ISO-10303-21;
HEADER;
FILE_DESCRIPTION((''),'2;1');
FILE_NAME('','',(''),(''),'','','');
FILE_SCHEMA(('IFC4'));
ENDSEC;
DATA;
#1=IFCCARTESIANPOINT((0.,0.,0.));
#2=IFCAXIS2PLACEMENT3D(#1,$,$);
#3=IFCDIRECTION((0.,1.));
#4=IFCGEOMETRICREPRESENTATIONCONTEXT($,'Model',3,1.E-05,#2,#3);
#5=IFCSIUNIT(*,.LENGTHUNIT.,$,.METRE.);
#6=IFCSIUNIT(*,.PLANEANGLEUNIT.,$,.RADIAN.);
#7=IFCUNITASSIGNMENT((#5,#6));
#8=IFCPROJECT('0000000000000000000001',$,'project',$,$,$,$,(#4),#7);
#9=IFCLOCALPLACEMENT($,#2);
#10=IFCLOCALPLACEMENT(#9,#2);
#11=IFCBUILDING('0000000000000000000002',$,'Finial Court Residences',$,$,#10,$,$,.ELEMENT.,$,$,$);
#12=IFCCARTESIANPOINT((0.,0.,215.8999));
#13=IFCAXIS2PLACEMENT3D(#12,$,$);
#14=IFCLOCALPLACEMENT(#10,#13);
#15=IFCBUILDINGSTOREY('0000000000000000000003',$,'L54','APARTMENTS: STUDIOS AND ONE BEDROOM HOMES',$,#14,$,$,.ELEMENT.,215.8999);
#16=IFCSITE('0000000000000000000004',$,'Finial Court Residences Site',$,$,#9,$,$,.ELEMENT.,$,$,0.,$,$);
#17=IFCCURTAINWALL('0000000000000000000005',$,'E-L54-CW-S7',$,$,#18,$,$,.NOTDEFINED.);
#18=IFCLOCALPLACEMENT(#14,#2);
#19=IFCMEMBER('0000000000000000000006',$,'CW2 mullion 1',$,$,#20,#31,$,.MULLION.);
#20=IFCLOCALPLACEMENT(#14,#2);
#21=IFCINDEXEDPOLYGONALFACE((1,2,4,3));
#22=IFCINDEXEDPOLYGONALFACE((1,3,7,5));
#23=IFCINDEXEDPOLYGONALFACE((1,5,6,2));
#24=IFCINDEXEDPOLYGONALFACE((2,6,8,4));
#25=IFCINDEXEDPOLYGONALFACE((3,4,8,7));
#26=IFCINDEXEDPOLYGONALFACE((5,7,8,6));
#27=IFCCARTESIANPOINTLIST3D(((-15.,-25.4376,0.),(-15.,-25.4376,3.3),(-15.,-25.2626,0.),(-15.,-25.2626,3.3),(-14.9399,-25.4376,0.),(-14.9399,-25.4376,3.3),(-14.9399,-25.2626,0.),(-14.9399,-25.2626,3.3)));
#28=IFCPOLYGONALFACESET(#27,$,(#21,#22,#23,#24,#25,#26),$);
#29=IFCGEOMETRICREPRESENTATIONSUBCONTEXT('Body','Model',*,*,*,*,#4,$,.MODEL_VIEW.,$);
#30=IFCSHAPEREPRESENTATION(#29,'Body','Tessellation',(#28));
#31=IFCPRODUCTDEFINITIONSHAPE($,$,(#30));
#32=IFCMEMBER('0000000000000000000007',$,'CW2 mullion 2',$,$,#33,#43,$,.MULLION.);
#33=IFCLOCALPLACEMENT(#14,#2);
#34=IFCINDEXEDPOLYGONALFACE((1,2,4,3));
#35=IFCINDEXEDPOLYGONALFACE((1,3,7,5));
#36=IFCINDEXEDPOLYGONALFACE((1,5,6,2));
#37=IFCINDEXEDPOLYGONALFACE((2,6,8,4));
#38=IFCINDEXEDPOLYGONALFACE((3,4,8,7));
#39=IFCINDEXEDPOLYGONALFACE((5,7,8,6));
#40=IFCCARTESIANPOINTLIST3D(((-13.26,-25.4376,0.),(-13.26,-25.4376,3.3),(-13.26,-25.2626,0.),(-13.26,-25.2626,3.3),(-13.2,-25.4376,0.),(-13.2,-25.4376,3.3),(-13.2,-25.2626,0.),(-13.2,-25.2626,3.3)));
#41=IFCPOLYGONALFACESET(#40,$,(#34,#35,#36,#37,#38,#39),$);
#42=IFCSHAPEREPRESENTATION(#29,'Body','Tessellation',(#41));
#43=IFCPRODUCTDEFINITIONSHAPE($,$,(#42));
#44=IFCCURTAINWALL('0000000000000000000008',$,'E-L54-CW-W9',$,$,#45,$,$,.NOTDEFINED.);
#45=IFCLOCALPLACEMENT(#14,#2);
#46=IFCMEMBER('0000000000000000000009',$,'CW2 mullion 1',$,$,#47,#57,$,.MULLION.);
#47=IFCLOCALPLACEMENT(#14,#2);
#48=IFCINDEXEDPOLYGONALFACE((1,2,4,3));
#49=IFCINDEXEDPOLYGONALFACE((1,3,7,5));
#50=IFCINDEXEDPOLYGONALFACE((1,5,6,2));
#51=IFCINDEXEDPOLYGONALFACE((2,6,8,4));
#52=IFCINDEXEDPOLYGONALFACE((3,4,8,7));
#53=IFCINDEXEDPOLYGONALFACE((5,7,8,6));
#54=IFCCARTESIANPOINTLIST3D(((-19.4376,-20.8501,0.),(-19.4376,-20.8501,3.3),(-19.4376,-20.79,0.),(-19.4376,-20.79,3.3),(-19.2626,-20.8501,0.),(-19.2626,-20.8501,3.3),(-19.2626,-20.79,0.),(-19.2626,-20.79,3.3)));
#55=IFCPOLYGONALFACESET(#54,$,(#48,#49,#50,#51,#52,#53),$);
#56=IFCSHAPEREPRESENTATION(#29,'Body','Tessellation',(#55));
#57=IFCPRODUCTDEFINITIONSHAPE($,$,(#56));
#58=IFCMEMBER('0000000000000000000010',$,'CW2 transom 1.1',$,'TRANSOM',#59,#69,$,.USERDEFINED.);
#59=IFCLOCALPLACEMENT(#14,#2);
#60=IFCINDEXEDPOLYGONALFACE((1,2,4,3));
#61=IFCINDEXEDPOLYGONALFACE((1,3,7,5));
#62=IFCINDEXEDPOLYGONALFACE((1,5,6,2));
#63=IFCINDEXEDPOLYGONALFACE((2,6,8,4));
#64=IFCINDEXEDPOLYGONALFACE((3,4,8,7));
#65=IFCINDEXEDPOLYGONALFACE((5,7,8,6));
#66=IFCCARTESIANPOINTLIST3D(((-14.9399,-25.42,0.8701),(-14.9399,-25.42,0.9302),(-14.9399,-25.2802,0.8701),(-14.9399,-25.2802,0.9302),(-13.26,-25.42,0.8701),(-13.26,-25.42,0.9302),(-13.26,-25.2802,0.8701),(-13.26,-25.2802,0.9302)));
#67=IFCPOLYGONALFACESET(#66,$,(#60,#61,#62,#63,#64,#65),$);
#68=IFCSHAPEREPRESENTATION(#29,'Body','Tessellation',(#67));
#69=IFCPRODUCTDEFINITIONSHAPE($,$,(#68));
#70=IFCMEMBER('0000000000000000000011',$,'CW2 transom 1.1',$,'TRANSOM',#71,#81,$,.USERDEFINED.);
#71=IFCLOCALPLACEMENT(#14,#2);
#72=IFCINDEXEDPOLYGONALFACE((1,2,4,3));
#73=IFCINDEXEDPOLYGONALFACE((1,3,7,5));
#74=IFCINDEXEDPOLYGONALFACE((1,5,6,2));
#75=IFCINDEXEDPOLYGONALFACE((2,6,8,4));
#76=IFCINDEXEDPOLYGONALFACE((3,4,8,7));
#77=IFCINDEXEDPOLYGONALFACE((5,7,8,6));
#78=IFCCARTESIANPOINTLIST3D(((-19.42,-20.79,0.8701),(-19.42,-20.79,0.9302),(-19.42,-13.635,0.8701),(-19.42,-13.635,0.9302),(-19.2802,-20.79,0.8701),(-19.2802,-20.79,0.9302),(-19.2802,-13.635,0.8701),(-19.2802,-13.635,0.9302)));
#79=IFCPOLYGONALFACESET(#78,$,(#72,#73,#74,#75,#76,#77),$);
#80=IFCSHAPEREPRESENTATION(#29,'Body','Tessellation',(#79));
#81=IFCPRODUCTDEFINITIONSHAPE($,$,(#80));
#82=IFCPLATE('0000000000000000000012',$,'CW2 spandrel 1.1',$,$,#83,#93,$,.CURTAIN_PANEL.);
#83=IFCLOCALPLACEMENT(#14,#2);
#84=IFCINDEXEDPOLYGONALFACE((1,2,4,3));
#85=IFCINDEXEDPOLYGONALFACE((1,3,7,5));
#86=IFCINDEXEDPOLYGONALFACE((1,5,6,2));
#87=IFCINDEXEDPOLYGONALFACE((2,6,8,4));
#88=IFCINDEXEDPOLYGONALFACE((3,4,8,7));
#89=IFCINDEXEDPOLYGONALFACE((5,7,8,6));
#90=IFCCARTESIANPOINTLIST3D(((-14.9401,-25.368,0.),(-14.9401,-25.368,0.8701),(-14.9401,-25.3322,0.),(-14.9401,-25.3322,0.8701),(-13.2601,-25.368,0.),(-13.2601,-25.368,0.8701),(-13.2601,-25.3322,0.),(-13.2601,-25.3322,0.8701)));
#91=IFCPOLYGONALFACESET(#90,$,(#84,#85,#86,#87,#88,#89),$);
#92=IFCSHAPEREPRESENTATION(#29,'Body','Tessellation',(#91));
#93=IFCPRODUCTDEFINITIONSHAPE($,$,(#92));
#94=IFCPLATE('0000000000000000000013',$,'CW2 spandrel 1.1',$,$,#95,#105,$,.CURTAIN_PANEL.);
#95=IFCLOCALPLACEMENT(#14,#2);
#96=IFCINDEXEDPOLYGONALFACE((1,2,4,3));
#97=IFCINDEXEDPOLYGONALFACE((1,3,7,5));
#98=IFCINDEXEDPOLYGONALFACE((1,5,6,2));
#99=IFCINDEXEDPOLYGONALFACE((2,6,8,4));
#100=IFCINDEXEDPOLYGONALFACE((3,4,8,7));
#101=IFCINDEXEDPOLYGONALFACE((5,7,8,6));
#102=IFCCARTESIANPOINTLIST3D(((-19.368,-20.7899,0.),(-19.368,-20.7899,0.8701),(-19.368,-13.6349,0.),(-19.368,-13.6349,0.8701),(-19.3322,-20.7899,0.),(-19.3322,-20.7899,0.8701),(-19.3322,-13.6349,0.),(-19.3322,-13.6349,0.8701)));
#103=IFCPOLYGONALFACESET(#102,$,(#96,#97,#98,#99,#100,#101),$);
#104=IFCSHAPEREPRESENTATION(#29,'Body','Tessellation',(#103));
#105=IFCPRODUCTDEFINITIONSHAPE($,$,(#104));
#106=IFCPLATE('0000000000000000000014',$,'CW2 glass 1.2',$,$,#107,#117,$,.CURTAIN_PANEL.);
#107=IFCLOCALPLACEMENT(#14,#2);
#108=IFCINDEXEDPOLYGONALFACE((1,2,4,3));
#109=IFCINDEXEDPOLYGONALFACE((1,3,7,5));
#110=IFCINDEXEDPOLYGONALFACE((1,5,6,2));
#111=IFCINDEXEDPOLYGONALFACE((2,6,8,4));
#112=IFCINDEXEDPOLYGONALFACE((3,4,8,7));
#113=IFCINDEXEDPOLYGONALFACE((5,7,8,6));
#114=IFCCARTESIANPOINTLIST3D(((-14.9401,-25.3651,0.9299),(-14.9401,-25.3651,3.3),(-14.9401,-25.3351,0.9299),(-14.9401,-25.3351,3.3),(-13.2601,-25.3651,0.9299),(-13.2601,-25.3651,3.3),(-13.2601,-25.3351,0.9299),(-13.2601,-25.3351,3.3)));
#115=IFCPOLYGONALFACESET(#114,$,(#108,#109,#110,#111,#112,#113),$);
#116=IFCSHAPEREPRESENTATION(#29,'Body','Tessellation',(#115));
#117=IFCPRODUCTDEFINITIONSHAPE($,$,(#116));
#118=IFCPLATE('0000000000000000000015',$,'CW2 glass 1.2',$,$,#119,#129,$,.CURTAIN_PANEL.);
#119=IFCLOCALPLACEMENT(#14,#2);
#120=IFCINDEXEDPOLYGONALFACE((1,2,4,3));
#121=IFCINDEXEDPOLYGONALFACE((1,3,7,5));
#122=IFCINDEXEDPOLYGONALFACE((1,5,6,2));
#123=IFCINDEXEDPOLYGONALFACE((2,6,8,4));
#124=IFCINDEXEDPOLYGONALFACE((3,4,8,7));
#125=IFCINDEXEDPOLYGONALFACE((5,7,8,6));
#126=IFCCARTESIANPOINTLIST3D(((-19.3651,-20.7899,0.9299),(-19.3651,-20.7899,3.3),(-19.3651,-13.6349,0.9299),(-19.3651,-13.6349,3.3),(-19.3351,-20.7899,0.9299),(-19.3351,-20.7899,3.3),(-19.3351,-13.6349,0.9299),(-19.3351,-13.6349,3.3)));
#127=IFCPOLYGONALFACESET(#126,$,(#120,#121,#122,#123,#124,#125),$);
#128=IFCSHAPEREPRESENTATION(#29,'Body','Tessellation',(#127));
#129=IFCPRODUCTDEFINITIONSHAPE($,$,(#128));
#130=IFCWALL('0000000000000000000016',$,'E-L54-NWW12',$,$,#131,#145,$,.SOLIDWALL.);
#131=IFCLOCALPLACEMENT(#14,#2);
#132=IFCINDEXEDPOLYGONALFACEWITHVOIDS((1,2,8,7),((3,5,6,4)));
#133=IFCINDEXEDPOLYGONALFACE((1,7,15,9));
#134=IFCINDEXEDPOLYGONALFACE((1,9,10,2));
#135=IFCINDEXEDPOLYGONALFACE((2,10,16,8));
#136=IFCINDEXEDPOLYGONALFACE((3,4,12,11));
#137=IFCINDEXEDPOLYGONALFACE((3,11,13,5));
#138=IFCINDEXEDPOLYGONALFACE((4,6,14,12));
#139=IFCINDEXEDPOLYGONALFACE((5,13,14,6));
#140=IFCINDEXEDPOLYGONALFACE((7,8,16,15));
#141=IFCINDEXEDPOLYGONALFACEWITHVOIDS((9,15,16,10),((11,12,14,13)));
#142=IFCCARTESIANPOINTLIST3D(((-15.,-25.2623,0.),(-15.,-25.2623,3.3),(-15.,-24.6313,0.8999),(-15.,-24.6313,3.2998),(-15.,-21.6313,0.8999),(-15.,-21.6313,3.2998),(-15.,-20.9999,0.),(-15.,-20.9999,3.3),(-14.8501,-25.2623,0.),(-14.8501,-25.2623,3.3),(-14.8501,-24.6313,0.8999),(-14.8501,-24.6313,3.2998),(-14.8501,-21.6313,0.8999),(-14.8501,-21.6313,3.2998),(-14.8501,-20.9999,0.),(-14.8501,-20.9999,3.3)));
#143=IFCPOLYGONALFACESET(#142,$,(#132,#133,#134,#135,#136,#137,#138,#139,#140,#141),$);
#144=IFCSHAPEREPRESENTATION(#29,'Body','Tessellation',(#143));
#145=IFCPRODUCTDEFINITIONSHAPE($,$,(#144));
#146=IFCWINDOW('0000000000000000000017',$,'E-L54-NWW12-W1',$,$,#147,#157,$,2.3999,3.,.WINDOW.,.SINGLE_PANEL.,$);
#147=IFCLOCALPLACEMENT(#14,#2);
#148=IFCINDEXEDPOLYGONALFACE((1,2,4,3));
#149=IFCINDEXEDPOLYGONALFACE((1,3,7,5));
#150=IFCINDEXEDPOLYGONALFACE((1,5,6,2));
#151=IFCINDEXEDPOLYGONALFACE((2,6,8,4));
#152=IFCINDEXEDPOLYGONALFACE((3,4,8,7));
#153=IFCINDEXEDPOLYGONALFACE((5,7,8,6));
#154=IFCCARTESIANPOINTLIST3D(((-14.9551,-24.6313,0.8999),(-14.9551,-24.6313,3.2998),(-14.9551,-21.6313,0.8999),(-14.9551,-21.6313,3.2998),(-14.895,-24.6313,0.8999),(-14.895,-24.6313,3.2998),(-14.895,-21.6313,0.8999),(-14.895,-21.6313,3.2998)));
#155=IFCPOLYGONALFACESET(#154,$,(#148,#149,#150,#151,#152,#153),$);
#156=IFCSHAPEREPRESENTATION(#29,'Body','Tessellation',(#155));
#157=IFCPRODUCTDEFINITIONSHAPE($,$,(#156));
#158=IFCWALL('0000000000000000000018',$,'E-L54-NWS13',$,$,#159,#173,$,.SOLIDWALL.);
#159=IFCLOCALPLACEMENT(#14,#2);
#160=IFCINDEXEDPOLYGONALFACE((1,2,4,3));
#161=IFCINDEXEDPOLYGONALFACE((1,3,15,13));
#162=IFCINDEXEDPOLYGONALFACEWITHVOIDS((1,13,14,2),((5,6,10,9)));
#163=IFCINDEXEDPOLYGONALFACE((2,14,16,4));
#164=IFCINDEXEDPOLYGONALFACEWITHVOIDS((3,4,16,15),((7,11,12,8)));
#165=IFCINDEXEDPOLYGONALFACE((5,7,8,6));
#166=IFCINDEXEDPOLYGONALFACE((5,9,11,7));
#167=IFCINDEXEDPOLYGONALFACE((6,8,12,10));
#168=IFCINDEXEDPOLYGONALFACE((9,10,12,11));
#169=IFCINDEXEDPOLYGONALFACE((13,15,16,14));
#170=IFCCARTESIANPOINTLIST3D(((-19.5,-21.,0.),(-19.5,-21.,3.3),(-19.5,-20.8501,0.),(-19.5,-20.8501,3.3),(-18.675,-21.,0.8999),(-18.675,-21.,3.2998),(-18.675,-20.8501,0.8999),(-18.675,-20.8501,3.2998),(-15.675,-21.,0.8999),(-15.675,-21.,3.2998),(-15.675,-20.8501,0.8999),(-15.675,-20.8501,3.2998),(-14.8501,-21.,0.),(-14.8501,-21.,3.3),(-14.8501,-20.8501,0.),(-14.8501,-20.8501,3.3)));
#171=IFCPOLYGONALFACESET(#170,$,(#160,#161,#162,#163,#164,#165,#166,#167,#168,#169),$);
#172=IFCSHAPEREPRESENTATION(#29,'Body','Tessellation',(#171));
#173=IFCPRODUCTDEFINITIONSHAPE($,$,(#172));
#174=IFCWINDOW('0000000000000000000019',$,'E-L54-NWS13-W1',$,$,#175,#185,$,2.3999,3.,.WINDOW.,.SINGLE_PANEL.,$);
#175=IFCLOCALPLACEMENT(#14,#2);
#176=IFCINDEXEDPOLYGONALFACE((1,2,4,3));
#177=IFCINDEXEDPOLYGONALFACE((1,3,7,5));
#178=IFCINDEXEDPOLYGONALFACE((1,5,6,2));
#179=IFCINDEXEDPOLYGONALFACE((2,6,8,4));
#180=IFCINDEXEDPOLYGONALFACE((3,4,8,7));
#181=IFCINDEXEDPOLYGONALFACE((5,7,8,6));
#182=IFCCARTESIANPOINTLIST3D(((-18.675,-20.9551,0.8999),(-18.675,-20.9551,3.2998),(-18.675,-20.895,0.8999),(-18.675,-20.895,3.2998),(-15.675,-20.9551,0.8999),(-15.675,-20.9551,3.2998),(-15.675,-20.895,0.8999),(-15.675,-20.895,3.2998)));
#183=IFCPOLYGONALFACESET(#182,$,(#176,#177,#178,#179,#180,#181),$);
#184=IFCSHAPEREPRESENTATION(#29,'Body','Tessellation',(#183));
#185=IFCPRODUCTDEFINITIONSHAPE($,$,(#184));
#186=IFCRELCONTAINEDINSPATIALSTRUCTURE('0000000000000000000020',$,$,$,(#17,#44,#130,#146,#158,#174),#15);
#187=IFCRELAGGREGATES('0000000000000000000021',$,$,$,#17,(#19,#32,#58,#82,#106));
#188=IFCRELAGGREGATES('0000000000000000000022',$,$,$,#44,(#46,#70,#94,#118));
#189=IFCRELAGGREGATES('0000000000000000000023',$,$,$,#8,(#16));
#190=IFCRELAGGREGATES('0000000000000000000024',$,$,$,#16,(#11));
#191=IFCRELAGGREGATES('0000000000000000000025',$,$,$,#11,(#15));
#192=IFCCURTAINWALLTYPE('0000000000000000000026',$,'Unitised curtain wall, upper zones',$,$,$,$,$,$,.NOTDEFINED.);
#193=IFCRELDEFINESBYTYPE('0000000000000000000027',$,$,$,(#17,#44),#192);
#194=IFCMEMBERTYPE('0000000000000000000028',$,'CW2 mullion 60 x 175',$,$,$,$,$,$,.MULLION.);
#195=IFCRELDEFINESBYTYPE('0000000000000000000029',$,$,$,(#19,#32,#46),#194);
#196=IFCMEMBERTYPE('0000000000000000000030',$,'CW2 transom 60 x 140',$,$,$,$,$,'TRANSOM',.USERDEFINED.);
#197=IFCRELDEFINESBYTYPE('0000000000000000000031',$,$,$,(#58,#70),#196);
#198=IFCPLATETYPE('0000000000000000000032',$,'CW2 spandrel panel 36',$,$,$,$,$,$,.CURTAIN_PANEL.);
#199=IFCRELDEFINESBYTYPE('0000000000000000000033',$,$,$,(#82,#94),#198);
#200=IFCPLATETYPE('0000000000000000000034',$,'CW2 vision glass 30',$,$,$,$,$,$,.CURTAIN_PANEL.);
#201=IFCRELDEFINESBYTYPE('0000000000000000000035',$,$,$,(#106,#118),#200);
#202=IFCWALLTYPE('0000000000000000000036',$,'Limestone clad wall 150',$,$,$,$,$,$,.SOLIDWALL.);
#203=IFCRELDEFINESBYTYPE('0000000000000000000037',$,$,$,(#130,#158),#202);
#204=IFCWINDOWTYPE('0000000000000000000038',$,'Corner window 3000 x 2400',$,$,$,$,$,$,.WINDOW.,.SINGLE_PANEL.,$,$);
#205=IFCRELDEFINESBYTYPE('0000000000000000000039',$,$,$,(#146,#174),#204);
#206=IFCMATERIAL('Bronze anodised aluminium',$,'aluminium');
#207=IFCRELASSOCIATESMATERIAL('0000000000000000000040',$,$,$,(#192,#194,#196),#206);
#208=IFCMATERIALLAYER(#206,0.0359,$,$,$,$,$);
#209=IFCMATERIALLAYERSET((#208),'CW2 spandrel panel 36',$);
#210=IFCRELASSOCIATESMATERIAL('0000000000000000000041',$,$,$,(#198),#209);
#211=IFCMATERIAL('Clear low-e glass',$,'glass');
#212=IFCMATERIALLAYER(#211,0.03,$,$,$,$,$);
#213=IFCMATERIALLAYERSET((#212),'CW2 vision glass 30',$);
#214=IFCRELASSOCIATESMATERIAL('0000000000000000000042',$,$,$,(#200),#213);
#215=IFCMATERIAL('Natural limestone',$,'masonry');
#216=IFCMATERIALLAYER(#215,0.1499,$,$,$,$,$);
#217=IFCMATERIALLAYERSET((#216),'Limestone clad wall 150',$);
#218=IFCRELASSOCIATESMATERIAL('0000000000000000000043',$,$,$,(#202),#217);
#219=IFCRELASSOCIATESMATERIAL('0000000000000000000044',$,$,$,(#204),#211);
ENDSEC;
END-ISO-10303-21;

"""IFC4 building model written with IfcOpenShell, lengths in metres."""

from ifc_helpers import new_model, si_unit, direction, frame, frame_2d, origin, origin_2d, place, context, subcontext, project, spatial, rectangle, extrude, material, layer, layer_set, material_profile, profile_set, type_object, element, fill, aggregate, save


model = new_model("IFC4")

# Units and contexts
model_context = context("Model", 3, precision=1e-05, world=origin(), true_north=direction((0.0, 1.0)))
body_context = subcontext(model_context, "Body", "Model", "MODEL_VIEW")
ifc_project = project(units=[si_unit("LENGTHUNIT", "METRE"), si_unit("PLANEANGLEUNIT", "RADIAN")], contexts=[model_context])

# Site, building, storey
site_placement = place(None, origin())
site = spatial("IfcSite", under=ifc_project, at=site_placement, Name="Finial Court Residences Site", CompositionType="ELEMENT", RefElevation=0.0)
building_placement = place(site_placement, origin())
building = spatial("IfcBuilding", under=site, at=building_placement, Name="Finial Court Residences", CompositionType="ELEMENT")
storey_placement = place(building_placement, frame((0.0, 0.0, 215.8999)))
storey = spatial("IfcBuildingStorey", under=building, at=storey_placement, Name="L54", Description="APARTMENTS: STUDIOS AND ONE BEDROOM HOMES", CompositionType="ELEMENT", Elevation=215.8999)

# Curtain wall, members
ifc_material_1 = material(Name="Bronze anodised aluminium", Category="aluminium")
curtain_wall_type = type_object("IfcCurtainWallType", Name="Unitised curtain wall, upper zones", PredefinedType="NOTDEFINED", material=ifc_material_1)
curtain_wall_1_placement = place(storey_placement, origin())
curtain_wall_1 = element("IfcCurtainWall", 1, at=curtain_wall_1_placement, inside=storey, type_object=curtain_wall_type, Name="E-L54-CW-S7", PredefinedType="NOTDEFINED")
ifc_material_profile_1 = material_profile(ifc_material_1, rectangle(XDim=0.175, YDim=0.0601, at=origin_2d()), Name="CW2 mullion 60 x 175")
ifc_profile_set_1 = profile_set([ifc_material_profile_1], Name="Bronze anodised aluminium")
member_type_1 = type_object("IfcMemberType", Name="CW2 mullion 60 x 175", PredefinedType="MULLION", material=ifc_profile_set_1)
member_1_placement = place(storey_placement, frame((-14.97, -25.3501, 0.0), z_axis=(0.0, 0.0, 1.0), x_axis=(0.0, 1.0, 0.0)))
member_1 = element("IfcMember", 2, at=member_1_placement, type_object=member_type_1, Name="CW2 mullion 1", PredefinedType="MULLION", context=body_context, shape_type="SweptSolid", body=[
    extrude(rectangle(XDim=0.175, YDim=0.0601, at=origin_2d()), origin(), (0.0, 0.0, 1.0), 3.3),
])
member_2_placement = place(storey_placement, frame((-13.23, -25.3501, 0.0), z_axis=(0.0, 0.0, 1.0), x_axis=(0.0, 1.0, 0.0)))
member_2 = element("IfcMember", 3, at=member_2_placement, type_object=member_type_1, Name="CW2 mullion 2", PredefinedType="MULLION", context=body_context, shape_type="SweptSolid", body=[
    extrude(rectangle(XDim=0.175, YDim=0.0601, at=origin_2d()), origin(), (0.0, 0.0, 1.0), 3.3),
])

# Curtain wall, member
curtain_wall_2_placement = place(storey_placement, origin())
curtain_wall_2 = element("IfcCurtainWall", 4, at=curtain_wall_2_placement, inside=storey, type_object=curtain_wall_type, Name="E-L54-CW-W9", PredefinedType="NOTDEFINED")
member_3_placement = place(storey_placement, frame((-19.3501, -20.8201, 0.0), z_axis=(0.0, 0.0, 1.0), x_axis=(-1.0, 0.0, 0.0)))
member_3 = element("IfcMember", 5, at=member_3_placement, type_object=member_type_1, Name="CW2 mullion 1", PredefinedType="MULLION", context=body_context, shape_type="SweptSolid", body=[
    extrude(rectangle(XDim=0.175, YDim=0.0601, at=origin_2d()), origin(), (0.0, 0.0, 1.0), 3.3),
])

# Members
ifc_material_profile_2 = material_profile(ifc_material_1, rectangle(XDim=0.1399, YDim=0.0601, at=origin_2d()), Name="CW2 transom 60 x 140")
ifc_profile_set_2 = profile_set([ifc_material_profile_2], Name="Bronze anodised aluminium")
member_type_2 = type_object("IfcMemberType", Name="CW2 transom 60 x 140", ElementType="TRANSOM", PredefinedType="USERDEFINED", material=ifc_profile_set_2)
member_4_placement = place(storey_placement, frame((-14.9399, -25.3501, 0.9001), z_axis=(1.0, 0.0, 0.0), x_axis=(0.0, 1.0, 0.0)))
member_4 = element("IfcMember", 6, at=member_4_placement, type_object=member_type_2, Name="CW2 transom 1.1", ObjectType="TRANSOM", PredefinedType="USERDEFINED", context=body_context, shape_type="SweptSolid", body=[
    extrude(rectangle(XDim=0.1399, YDim=0.0601, at=origin_2d()), origin(), (0.0, 0.0, 1.0), 1.6799),
])
member_5_placement = place(storey_placement, frame((-19.3501, -20.79, 0.9001), z_axis=(0.0, 1.0, 0.0), x_axis=(-1.0, 0.0, 0.0)))
member_5 = element("IfcMember", 7, at=member_5_placement, type_object=member_type_2, Name="CW2 transom 1.1", ObjectType="TRANSOM", PredefinedType="USERDEFINED", context=body_context, shape_type="SweptSolid", body=[
    extrude(rectangle(XDim=0.1399, YDim=0.0601, at=origin_2d()), origin(), (0.0, 0.0, 1.0), 7.155),
])

# Plates
ifc_layer_1 = layer(ifc_material_1, 0.0359)
ifc_layer_set_1 = layer_set([ifc_layer_1], Name="CW2 spandrel panel 36")
plate_type_1 = type_object("IfcPlateType", Name="CW2 spandrel panel 36", PredefinedType="CURTAIN_PANEL", material=ifc_layer_set_1)
plate_1_placement = place(storey_placement, frame((-14.1001, -25.3501, 0.0), z_axis=(0.0, 0.0, 1.0), x_axis=(1.0, 0.0, 0.0)))
plate_1 = element("IfcPlate", 8, at=plate_1_placement, type_object=plate_type_1, Name="CW2 spandrel 1.1", PredefinedType="CURTAIN_PANEL", context=body_context, shape_type="SweptSolid", body=[
    extrude(rectangle(XDim=1.6799, YDim=0.0359, at=origin_2d()), origin(), (0.0, 0.0, 1.0), 0.8701),
])
plate_2_placement = place(storey_placement, frame((-19.3501, -17.2124, 0.0), z_axis=(0.0, 0.0, 1.0), x_axis=(0.0, 1.0, 0.0)))
plate_2 = element("IfcPlate", 9, at=plate_2_placement, type_object=plate_type_1, Name="CW2 spandrel 1.1", PredefinedType="CURTAIN_PANEL", context=body_context, shape_type="SweptSolid", body=[
    extrude(rectangle(XDim=7.155, YDim=0.0359, at=origin_2d()), origin(), (0.0, 0.0, 1.0), 0.8701),
])
ifc_material_2 = material(Name="Clear low-e glass", Category="glass")
ifc_layer_2 = layer(ifc_material_2, 0.03)
ifc_layer_set_2 = layer_set([ifc_layer_2], Name="CW2 vision glass 30")
plate_type_2 = type_object("IfcPlateType", Name="CW2 vision glass 30", PredefinedType="CURTAIN_PANEL", material=ifc_layer_set_2)
plate_3_placement = place(storey_placement, frame((-14.1001, -25.3501, 0.9299), z_axis=(0.0, 0.0, 1.0), x_axis=(1.0, 0.0, 0.0)))
plate_3 = element("IfcPlate", 10, at=plate_3_placement, type_object=plate_type_2, Name="CW2 glass 1.2", PredefinedType="CURTAIN_PANEL", context=body_context, shape_type="SweptSolid", body=[
    extrude(rectangle(XDim=1.6799, YDim=0.03, at=origin_2d()), origin(), (0.0, 0.0, 1.0), 2.3701),
])
aggregate(curtain_wall_1, [member_1, member_2, member_4, plate_1, plate_3])
plate_4_placement = place(storey_placement, frame((-19.3501, -17.2124, 0.9299), z_axis=(0.0, 0.0, 1.0), x_axis=(0.0, 1.0, 0.0)))
plate_4 = element("IfcPlate", 11, at=plate_4_placement, type_object=plate_type_2, Name="CW2 glass 1.2", PredefinedType="CURTAIN_PANEL", context=body_context, shape_type="SweptSolid", body=[
    extrude(rectangle(XDim=7.155, YDim=0.03, at=origin_2d()), origin(), (0.0, 0.0, 1.0), 2.3701),
])
aggregate(curtain_wall_2, [member_3, member_5, plate_2, plate_4])

# Walls, openings, windows
ifc_material_3 = material(Name="Natural limestone", Category="masonry")
ifc_layer_3 = layer(ifc_material_3, 0.1499)
ifc_layer_set_3 = layer_set([ifc_layer_3], Name="Limestone clad wall 150")
wall_type = type_object("IfcWallType", Name="Limestone clad wall 150", PredefinedType="SOLIDWALL", material=ifc_layer_set_3)
wall_1_placement = place(storey_placement, frame((-14.925, -25.2625, 0.0), z_axis=(0.0, 0.0, 1.0), x_axis=(0.0, 1.0, 0.0)))
wall_1 = element("IfcWall", 12, at=wall_1_placement, inside=storey, type_object=wall_type, Name="E-L54-NWW12", PredefinedType="SOLIDWALL", context=body_context, shape_type="SweptSolid", body=[
    extrude(rectangle(XDim=4.2625, YDim=0.1499, at=frame_2d((2.1313, 0.0))), origin(), (0.0, 0.0, 1.0), 3.3),
])
opening_1_placement = place(wall_1_placement, frame((0.6311, 0.0, 0.8999)))
opening_1 = element("IfcOpeningElement", 13, at=opening_1_placement, cuts=wall_1, PredefinedType="OPENING", context=body_context, shape_type="SweptSolid", body=[
    extrude(rectangle(XDim=3.0, YDim=2.3999, at=frame_2d((1.5, 1.2))), frame((0.0, 0.085, 0.0), z_axis=(0.0, -1.0, 0.0), x_axis=(1.0, 0.0, 0.0)), (0.0, 0.0, 1.0), 0.1699),
])
window_type = type_object("IfcWindowType", Name="Corner window 3000 x 2400", PartitioningType="SINGLE_PANEL", PredefinedType="WINDOW", material=ifc_material_2)
window_1_placement = place(opening_1_placement, origin())
window_1 = element("IfcWindow", 14, at=window_1_placement, inside=storey, type_object=window_type, Name="E-L54-NWW12-W1", OverallHeight=2.3999, OverallWidth=3.0, PartitioningType="SINGLE_PANEL", PredefinedType="WINDOW", context=body_context, shape_type="SweptSolid", body=[
    extrude(rectangle(XDim=3.0, YDim=2.3999, at=frame_2d((1.5, 1.2))), frame((0.0, 0.03, 0.0), z_axis=(0.0, -1.0, 0.0), x_axis=(1.0, 0.0, 0.0)), (0.0, 0.0, 1.0), 0.0601),
])
fill(opening_1, window_1)
wall_2_placement = place(storey_placement, frame((-14.8501, -20.925, 0.0), z_axis=(0.0, 0.0, 1.0), x_axis=(-1.0, 0.0, 0.0)))
wall_2 = element("IfcWall", 15, at=wall_2_placement, inside=storey, type_object=wall_type, Name="E-L54-NWS13", PredefinedType="SOLIDWALL", context=body_context, shape_type="SweptSolid", body=[
    extrude(rectangle(XDim=4.6499, YDim=0.1499, at=frame_2d((2.325, 0.0))), origin(), (0.0, 0.0, 1.0), 3.3),
])
opening_2_placement = place(wall_2_placement, frame((0.825, 0.0, 0.8999)))
opening_2 = element("IfcOpeningElement", 16, at=opening_2_placement, cuts=wall_2, PredefinedType="OPENING", context=body_context, shape_type="SweptSolid", body=[
    extrude(rectangle(XDim=3.0, YDim=2.3999, at=frame_2d((1.5, 1.2))), frame((0.0, 0.085, 0.0), z_axis=(0.0, -1.0, 0.0), x_axis=(1.0, 0.0, 0.0)), (0.0, 0.0, 1.0), 0.1699),
])
window_2_placement = place(opening_2_placement, origin())
window_2 = element("IfcWindow", 17, at=window_2_placement, inside=storey, type_object=window_type, Name="E-L54-NWS13-W1", OverallHeight=2.3999, OverallWidth=3.0, PartitioningType="SINGLE_PANEL", PredefinedType="WINDOW", context=body_context, shape_type="SweptSolid", body=[
    extrude(rectangle(XDim=3.0, YDim=2.3999, at=frame_2d((1.5, 1.2))), frame((0.0, 0.03, 0.0), z_axis=(0.0, -1.0, 0.0), x_axis=(1.0, 0.0, 0.0)), (0.0, 0.0, 1.0), 0.0601),
])
fill(opening_2, window_2)

save(model, "model.ifc")
